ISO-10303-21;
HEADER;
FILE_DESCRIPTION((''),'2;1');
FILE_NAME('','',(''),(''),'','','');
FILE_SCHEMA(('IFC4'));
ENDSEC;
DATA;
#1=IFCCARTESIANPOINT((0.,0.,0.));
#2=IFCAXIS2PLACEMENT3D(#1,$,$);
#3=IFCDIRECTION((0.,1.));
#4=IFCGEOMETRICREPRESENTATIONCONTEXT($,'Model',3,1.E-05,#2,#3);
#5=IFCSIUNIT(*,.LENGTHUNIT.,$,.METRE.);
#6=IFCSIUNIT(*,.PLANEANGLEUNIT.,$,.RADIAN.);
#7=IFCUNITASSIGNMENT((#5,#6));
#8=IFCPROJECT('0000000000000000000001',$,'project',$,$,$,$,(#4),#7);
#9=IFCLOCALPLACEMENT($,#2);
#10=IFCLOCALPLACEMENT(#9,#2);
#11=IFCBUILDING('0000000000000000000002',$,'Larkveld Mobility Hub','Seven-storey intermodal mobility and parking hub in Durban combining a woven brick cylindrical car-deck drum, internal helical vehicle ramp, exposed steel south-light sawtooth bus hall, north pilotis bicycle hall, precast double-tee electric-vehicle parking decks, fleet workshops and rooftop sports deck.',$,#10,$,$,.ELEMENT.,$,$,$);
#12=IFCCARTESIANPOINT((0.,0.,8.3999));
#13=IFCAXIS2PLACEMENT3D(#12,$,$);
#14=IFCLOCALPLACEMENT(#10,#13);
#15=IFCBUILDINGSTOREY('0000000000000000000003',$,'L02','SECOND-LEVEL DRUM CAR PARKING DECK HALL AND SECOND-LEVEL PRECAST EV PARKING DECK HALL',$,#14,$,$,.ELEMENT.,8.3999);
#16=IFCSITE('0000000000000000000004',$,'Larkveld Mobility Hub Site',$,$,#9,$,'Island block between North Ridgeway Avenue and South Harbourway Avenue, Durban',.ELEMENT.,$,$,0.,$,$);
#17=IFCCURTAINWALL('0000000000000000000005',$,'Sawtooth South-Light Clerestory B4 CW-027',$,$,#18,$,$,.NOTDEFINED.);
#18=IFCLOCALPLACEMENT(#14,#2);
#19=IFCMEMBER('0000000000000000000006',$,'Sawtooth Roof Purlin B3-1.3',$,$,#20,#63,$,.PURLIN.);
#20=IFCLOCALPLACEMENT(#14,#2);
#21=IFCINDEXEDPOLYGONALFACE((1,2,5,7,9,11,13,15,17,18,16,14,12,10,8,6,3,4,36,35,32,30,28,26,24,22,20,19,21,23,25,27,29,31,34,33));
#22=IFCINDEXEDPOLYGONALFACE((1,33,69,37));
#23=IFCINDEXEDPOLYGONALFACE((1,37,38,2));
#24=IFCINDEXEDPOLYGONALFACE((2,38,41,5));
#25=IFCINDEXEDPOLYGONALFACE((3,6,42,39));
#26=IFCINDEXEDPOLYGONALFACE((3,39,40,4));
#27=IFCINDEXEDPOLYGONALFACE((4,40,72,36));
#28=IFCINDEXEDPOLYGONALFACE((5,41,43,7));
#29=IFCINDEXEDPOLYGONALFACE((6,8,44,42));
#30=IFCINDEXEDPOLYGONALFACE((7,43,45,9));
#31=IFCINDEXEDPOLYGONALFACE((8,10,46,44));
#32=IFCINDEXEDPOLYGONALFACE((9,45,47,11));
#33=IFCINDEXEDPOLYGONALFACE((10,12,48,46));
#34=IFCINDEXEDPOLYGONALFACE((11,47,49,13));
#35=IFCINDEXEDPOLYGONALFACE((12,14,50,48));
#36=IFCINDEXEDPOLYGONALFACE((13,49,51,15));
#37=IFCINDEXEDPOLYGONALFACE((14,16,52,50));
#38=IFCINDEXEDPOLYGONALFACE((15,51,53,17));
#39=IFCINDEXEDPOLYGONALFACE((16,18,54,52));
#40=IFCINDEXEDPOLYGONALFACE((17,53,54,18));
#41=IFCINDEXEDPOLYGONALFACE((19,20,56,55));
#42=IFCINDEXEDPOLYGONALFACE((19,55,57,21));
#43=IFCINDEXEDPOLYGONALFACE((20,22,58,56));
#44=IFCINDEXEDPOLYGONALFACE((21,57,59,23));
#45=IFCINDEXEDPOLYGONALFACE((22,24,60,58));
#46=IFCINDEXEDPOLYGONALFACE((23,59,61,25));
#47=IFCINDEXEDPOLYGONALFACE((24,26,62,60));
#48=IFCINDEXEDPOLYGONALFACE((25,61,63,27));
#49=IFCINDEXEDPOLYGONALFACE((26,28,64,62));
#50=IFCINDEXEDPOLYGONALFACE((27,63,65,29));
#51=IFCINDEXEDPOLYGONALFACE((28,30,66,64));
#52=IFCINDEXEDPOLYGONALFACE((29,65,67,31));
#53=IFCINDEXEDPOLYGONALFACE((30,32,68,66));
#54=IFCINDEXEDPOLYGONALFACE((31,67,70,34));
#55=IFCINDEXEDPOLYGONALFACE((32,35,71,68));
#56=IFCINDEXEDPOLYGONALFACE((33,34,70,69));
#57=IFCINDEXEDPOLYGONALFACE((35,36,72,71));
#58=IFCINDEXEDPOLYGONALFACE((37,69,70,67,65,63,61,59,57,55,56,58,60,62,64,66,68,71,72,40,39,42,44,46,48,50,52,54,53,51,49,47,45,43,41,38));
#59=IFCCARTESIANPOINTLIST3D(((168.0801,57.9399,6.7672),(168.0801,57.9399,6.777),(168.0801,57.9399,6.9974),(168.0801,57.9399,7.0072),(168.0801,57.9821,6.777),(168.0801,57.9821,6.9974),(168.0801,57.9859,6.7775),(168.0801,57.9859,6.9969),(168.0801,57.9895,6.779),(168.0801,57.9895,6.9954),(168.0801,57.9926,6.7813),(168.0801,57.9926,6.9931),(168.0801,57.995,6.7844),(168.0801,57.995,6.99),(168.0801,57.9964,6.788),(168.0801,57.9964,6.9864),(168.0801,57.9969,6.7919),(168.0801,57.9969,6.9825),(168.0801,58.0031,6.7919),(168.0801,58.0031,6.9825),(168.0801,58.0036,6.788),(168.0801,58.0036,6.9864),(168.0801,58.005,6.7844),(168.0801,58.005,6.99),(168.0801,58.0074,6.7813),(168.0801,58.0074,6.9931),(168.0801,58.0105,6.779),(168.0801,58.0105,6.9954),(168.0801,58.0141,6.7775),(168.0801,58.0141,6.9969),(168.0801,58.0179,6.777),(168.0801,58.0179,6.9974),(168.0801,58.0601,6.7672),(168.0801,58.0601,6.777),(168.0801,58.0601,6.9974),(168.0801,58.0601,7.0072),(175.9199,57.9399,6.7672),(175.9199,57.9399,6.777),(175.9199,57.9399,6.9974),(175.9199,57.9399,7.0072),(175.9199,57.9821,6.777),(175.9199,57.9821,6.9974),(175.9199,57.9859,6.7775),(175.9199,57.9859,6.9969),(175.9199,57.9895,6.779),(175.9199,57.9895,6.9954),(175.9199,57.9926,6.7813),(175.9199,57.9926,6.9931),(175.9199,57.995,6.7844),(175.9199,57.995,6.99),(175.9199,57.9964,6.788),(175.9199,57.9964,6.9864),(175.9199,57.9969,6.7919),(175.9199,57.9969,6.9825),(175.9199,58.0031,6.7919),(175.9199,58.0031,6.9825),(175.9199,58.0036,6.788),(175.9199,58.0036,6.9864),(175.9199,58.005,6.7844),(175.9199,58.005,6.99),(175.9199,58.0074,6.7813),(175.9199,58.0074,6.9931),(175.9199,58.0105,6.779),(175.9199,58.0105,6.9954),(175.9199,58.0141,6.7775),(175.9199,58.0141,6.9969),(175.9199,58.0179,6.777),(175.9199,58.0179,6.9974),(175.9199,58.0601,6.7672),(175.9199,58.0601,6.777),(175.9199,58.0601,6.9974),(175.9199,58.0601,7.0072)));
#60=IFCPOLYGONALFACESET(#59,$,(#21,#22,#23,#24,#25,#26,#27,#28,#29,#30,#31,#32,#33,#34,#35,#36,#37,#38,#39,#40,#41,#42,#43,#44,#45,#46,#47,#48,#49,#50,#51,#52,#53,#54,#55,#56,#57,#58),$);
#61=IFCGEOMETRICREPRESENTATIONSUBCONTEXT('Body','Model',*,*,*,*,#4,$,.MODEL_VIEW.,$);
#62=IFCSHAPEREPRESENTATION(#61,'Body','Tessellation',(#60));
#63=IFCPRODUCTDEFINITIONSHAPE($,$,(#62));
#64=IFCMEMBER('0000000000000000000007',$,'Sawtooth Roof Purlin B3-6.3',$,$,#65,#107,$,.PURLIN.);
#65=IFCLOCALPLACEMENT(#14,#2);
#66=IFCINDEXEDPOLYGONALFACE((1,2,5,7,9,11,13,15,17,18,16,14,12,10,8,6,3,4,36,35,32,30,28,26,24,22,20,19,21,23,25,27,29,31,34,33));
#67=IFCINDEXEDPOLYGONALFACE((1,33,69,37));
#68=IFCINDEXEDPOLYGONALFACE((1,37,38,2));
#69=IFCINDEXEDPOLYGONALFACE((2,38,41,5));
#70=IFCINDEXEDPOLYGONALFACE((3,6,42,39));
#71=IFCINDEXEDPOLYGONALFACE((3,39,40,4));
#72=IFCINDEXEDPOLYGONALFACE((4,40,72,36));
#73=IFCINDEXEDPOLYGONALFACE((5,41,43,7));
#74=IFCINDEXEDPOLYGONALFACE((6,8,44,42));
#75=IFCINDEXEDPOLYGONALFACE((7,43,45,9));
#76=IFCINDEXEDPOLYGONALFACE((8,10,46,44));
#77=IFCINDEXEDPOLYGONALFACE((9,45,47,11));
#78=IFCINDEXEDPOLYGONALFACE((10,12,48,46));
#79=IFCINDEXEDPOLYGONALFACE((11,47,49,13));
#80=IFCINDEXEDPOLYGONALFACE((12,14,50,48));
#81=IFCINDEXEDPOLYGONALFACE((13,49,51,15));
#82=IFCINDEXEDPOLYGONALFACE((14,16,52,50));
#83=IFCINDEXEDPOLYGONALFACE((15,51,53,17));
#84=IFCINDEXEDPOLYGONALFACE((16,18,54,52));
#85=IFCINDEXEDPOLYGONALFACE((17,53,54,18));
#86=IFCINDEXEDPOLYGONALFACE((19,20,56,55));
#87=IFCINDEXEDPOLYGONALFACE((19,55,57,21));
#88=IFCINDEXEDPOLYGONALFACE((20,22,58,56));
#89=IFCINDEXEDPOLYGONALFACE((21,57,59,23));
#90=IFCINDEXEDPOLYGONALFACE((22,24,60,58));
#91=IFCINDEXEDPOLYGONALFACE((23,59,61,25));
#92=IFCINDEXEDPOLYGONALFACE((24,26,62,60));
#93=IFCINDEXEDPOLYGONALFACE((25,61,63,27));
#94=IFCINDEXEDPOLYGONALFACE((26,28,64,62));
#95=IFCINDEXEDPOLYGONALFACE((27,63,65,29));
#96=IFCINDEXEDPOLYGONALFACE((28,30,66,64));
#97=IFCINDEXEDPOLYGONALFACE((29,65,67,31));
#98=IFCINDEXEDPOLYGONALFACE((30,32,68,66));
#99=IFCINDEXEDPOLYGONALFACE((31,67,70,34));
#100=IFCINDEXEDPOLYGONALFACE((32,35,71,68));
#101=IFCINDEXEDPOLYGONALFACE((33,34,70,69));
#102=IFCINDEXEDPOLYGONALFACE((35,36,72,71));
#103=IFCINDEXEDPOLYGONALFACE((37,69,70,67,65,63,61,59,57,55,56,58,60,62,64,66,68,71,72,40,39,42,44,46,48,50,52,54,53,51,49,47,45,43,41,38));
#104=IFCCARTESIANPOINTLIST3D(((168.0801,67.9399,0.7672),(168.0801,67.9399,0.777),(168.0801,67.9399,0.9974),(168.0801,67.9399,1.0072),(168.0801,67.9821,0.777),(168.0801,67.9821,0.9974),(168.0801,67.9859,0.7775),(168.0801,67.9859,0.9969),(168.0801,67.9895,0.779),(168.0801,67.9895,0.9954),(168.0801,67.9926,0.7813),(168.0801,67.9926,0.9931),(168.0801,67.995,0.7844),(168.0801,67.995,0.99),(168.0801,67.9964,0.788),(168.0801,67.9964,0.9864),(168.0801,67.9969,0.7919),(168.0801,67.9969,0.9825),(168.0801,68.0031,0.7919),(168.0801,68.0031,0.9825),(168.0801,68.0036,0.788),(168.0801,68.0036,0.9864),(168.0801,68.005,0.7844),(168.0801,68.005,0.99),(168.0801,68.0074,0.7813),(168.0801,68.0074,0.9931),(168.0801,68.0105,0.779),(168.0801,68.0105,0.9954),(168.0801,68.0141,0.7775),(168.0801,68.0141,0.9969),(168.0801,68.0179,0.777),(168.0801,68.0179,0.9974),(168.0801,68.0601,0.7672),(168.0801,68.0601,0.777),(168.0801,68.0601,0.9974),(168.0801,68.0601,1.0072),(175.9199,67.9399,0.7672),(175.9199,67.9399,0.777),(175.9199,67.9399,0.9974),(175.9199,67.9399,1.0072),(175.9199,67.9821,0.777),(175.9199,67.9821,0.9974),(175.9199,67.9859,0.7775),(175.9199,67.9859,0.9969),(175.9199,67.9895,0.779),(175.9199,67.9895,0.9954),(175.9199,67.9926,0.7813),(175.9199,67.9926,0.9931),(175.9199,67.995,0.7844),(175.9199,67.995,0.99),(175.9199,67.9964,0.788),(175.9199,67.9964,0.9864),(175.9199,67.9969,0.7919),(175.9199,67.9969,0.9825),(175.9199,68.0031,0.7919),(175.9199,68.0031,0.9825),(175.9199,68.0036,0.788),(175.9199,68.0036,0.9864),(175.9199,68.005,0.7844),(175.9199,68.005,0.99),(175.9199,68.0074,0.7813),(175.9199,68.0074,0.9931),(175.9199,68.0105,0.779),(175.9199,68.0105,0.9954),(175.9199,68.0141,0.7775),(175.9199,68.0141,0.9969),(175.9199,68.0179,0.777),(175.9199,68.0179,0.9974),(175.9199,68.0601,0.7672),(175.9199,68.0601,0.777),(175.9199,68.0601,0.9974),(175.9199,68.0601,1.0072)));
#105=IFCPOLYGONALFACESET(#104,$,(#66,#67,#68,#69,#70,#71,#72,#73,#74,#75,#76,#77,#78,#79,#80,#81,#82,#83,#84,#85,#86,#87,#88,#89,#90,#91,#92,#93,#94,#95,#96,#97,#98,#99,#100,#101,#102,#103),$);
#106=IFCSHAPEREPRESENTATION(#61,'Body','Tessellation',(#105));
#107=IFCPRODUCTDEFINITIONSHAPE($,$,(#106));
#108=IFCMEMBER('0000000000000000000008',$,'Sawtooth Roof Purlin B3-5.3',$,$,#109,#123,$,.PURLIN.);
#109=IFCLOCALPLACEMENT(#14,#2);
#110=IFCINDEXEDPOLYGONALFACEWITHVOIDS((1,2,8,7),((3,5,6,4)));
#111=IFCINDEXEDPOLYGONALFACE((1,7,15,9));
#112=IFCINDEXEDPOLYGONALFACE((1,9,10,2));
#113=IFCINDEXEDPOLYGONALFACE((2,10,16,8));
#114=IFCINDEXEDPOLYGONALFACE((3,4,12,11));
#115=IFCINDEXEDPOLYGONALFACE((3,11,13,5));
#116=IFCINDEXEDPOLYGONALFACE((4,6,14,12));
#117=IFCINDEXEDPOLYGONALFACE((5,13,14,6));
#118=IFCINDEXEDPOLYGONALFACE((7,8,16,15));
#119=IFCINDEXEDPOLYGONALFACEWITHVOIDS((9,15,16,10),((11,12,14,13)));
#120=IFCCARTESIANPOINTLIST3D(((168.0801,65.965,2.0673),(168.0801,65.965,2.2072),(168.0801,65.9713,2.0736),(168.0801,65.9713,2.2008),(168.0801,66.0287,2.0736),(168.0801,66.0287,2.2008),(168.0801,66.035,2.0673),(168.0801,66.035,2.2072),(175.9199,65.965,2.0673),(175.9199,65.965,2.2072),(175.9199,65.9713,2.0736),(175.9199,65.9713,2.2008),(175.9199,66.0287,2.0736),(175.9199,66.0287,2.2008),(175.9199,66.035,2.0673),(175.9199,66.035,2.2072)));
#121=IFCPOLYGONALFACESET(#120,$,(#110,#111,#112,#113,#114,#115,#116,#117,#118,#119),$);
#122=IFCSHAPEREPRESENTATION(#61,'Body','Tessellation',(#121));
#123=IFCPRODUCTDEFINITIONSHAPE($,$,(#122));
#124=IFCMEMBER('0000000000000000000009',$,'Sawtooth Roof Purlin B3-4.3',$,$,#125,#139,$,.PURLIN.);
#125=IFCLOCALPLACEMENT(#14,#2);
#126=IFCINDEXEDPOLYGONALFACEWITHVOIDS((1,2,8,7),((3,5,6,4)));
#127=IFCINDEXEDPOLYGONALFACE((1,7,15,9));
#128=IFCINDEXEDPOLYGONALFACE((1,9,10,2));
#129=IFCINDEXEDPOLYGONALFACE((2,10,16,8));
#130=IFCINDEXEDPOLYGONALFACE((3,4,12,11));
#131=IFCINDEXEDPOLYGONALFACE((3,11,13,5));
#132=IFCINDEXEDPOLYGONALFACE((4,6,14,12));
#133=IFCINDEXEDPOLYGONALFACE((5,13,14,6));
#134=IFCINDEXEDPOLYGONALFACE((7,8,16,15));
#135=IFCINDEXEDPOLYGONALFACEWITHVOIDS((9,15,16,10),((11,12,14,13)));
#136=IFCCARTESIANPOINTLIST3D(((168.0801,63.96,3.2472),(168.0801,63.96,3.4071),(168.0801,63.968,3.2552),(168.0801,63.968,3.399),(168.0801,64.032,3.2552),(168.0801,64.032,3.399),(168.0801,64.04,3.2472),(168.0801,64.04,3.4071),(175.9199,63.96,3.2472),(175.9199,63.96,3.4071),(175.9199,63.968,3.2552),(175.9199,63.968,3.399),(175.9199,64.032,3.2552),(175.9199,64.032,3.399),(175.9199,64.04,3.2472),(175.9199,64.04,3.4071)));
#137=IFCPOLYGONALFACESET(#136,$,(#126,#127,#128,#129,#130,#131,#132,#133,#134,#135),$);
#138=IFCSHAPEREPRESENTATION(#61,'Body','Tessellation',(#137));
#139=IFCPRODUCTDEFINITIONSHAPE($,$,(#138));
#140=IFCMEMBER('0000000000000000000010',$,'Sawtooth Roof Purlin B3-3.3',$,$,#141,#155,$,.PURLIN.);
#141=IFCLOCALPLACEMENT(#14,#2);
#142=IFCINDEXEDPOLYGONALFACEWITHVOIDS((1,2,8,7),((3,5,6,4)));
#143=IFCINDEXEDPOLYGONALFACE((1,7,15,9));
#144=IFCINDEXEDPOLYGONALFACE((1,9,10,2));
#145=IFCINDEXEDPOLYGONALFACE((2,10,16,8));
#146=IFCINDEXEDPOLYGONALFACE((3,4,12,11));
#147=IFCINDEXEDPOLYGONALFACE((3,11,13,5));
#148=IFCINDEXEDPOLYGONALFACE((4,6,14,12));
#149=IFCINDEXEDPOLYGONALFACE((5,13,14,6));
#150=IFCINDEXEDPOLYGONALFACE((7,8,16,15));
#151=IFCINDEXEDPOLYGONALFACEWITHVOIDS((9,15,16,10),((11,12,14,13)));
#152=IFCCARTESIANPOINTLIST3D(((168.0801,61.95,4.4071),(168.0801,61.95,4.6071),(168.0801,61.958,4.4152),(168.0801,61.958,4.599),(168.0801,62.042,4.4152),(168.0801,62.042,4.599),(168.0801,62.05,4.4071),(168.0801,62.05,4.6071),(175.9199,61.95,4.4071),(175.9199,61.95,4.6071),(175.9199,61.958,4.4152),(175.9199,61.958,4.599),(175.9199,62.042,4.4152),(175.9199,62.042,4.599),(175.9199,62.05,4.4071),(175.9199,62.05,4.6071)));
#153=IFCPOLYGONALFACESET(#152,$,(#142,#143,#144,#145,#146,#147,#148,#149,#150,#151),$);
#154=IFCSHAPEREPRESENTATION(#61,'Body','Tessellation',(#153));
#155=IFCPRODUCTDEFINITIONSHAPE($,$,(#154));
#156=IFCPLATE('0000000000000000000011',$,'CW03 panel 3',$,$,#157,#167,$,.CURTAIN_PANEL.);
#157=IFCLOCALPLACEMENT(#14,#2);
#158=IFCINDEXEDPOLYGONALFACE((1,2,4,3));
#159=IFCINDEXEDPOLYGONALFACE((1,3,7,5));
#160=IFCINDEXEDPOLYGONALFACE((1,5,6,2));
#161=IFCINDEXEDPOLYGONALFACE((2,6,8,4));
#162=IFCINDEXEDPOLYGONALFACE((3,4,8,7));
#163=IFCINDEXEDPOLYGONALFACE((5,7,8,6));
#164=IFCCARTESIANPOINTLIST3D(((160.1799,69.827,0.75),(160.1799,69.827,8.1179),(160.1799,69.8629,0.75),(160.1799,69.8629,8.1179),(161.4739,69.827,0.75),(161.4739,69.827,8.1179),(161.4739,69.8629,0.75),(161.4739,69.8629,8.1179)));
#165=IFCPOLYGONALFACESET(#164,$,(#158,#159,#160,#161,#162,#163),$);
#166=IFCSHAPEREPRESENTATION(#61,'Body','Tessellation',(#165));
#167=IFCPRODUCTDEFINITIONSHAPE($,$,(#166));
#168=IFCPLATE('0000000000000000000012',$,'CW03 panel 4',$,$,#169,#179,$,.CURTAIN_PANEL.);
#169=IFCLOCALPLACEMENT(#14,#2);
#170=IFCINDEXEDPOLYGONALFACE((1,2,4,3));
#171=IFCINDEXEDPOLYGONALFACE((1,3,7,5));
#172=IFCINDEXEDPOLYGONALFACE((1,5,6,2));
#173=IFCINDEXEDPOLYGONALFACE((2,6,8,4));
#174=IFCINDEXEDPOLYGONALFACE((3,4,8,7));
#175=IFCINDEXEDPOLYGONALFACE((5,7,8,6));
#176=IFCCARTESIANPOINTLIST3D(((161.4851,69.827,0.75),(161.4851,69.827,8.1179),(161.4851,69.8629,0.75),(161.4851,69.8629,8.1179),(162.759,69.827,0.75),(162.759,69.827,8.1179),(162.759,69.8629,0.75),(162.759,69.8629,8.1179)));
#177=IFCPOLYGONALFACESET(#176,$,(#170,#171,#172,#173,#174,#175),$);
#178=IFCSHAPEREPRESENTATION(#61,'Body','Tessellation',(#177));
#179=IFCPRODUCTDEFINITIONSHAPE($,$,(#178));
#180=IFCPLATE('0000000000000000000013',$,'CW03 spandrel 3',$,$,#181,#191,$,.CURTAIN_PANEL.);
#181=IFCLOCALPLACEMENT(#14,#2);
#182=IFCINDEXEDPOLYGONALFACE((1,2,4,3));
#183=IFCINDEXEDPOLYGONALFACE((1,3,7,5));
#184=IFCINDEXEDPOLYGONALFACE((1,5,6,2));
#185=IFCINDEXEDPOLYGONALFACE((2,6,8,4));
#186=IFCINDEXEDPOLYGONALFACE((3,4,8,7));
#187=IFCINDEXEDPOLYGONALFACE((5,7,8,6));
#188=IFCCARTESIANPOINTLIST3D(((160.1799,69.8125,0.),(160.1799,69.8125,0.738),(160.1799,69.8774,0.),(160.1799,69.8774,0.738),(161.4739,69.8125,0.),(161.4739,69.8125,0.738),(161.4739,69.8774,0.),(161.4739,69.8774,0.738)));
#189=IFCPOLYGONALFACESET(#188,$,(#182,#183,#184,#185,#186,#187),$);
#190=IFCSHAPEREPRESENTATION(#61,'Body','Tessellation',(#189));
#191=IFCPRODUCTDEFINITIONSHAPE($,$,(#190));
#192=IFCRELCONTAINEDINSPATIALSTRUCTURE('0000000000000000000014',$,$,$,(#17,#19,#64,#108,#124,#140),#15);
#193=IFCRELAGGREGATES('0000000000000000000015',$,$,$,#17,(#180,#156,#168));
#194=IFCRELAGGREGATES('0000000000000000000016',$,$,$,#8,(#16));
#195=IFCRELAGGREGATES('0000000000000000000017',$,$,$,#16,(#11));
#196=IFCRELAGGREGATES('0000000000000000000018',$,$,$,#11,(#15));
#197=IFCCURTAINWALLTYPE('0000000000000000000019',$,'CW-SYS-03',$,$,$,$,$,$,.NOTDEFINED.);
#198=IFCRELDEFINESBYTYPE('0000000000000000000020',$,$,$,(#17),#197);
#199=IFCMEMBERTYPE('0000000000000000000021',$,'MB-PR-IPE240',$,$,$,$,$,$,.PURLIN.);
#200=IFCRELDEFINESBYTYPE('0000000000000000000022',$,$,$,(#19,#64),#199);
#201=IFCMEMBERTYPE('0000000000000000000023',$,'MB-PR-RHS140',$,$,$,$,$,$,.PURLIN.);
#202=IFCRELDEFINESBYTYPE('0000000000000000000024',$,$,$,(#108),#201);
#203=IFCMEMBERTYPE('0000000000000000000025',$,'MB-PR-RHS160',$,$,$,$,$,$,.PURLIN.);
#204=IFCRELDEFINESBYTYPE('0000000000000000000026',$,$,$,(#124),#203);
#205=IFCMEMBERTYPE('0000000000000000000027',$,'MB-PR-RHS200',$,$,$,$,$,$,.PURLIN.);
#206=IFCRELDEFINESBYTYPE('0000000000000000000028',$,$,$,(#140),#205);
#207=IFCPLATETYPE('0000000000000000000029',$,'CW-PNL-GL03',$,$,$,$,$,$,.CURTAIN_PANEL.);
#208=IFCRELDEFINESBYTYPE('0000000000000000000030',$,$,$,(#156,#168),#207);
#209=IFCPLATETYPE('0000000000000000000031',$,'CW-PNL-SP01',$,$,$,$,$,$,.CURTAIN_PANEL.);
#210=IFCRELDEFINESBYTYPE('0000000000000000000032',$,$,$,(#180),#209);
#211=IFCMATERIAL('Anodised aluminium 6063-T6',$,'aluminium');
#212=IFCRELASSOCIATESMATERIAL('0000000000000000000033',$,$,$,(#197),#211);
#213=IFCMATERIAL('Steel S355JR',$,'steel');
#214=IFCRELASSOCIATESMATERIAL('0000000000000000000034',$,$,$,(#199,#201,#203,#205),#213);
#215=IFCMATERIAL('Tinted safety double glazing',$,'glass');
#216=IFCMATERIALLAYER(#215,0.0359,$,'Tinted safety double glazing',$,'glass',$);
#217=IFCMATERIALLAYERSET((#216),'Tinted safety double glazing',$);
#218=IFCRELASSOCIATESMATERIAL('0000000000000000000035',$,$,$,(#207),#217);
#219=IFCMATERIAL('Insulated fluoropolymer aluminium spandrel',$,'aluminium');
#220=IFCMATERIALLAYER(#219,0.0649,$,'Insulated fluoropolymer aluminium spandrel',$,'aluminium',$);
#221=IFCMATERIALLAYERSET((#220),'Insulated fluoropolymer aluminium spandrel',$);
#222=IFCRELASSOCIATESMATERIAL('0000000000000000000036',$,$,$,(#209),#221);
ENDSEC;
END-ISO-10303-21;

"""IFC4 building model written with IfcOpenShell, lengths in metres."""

from ifc_helpers import new_model, si_unit, direction, frame, origin, origin_2d, place, context, subcontext, project, spatial, rectangle, hollow_rectangle, i_section, extrude, material, layer, layer_set, material_profile, profile_set, type_object, element, aggregate, save


model = new_model("IFC4")

# Units and contexts
model_context = context("Model", 3, precision=1e-05, world=origin(), true_north=direction((0.0, 1.0)))
body_context = subcontext(model_context, "Body", "Model", "MODEL_VIEW")
ifc_project = project(units=[si_unit("LENGTHUNIT", "METRE"), si_unit("PLANEANGLEUNIT", "RADIAN")], contexts=[model_context])

# Site, building, storey
site_placement = place(None, origin())
site = spatial("IfcSite", under=ifc_project, at=site_placement, Name="Larkveld Mobility Hub Site", LongName="Island block between North Ridgeway Avenue and South Harbourway Avenue, Durban", CompositionType="ELEMENT", RefElevation=0.0)
building_placement = place(site_placement, origin())
building = spatial("IfcBuilding", under=site, at=building_placement, Name="Larkveld Mobility Hub", Description="Seven-storey intermodal mobility and parking hub in Durban combining a woven brick cylindrical car-deck drum, internal helical vehicle ramp, exposed steel south-light sawtooth bus hall, north pilotis bicycle hall, precast double-tee electric-vehicle parking decks, fleet workshops and rooftop sports deck.", CompositionType="ELEMENT")
storey_placement = place(building_placement, frame((0.0, 0.0, 8.3999)))
storey = spatial("IfcBuildingStorey", under=building, at=storey_placement, Name="L02", Description="SECOND-LEVEL DRUM CAR PARKING DECK HALL AND SECOND-LEVEL PRECAST EV PARKING DECK HALL", CompositionType="ELEMENT", Elevation=8.3999)

# Curtain wall
ifc_material_1 = material(Name="Anodised aluminium 6063-T6", Category="aluminium")
curtain_wall_type = type_object("IfcCurtainWallType", Name="CW-SYS-03", PredefinedType="NOTDEFINED", material=ifc_material_1)
curtain_wall_placement = place(storey_placement, origin())
curtain_wall = element("IfcCurtainWall", 1, at=curtain_wall_placement, inside=storey, type_object=curtain_wall_type, Name="Sawtooth South-Light Clerestory B4 CW-027", PredefinedType="NOTDEFINED")

# Members
ifc_material_2 = material(Name="Steel S355JR", Category="steel")
ifc_material_profile_1 = material_profile(ifc_material_2, i_section(OverallWidth=0.1201, OverallDepth=0.24, WebThickness=0.0061, FlangeThickness=0.0098, FilletRadius=0.0149, at=origin_2d()), Name="IPE 240")
ifc_profile_set_1 = profile_set([ifc_material_profile_1], Name="Steel S355JR")
member_type_1 = type_object("IfcMemberType", Name="MB-PR-IPE240", PredefinedType="PURLIN", material=ifc_profile_set_1)
for number, where, z_axis, x_axis, name in (
    (2, (168.0801, 58.0, 6.8872), (1.0, 0.0, 0.0), (0.0, 1.0, 0.0), "Sawtooth Roof Purlin B3-1.3"),
    (3, (168.0801, 68.0, 0.8872), (1.0, 0.0, 0.0), (0.0, 1.0, 0.0), "Sawtooth Roof Purlin B3-6.3"),
):
    element("IfcMember", number, at=place(storey_placement, frame(where, z_axis=z_axis, x_axis=x_axis)), inside=storey, type_object=member_type_1, Name=name, PredefinedType="PURLIN", context=body_context, shape_type="SweptSolid", body=[
        extrude(i_section(OverallWidth=0.1201, OverallDepth=0.24, WebThickness=0.0061, FlangeThickness=0.0098, FilletRadius=0.0149, at=origin_2d()), origin(), (0.0, 0.0, 1.0), 7.8398),
    ])
ifc_material_profile_2 = material_profile(ifc_material_2, hollow_rectangle(XDim=0.0701, YDim=0.1399, WallThickness=0.0063, at=origin_2d()), Name="RHS 140x70x6.3")
ifc_profile_set_2 = profile_set([ifc_material_profile_2], Name="Steel S355JR")
member_type_2 = type_object("IfcMemberType", Name="MB-PR-RHS140", PredefinedType="PURLIN", material=ifc_profile_set_2)
member_1_placement = place(storey_placement, frame((168.0801, 66.0, 2.1372), z_axis=(1.0, 0.0, 0.0), x_axis=(0.0, 1.0, 0.0)))
element("IfcMember", 4, at=member_1_placement, inside=storey, type_object=member_type_2, Name="Sawtooth Roof Purlin B3-5.3", PredefinedType="PURLIN", context=body_context, shape_type="SweptSolid", body=[
    extrude(hollow_rectangle(XDim=0.0701, YDim=0.1399, WallThickness=0.0063, at=origin_2d()), origin(), (0.0, 0.0, 1.0), 7.8398),
])
ifc_material_profile_3 = material_profile(ifc_material_2, hollow_rectangle(XDim=0.0801, YDim=0.1599, WallThickness=0.0081, at=origin_2d()), Name="RHS 160x80x8")
ifc_profile_set_3 = profile_set([ifc_material_profile_3], Name="Steel S355JR")
member_type_3 = type_object("IfcMemberType", Name="MB-PR-RHS160", PredefinedType="PURLIN", material=ifc_profile_set_3)
member_2_placement = place(storey_placement, frame((168.0801, 64.0, 3.3271), z_axis=(1.0, 0.0, 0.0), x_axis=(0.0, 1.0, 0.0)))
element("IfcMember", 5, at=member_2_placement, inside=storey, type_object=member_type_3, Name="Sawtooth Roof Purlin B3-4.3", PredefinedType="PURLIN", context=body_context, shape_type="SweptSolid", body=[
    extrude(hollow_rectangle(XDim=0.0801, YDim=0.1599, WallThickness=0.0081, at=origin_2d()), origin(), (0.0, 0.0, 1.0), 7.8398),
])
ifc_material_profile_4 = material_profile(ifc_material_2, hollow_rectangle(XDim=0.1001, YDim=0.2, WallThickness=0.0081, at=origin_2d()), Name="RHS 200x100x8")
ifc_profile_set_4 = profile_set([ifc_material_profile_4], Name="Steel S355JR")
member_type_4 = type_object("IfcMemberType", Name="MB-PR-RHS200", PredefinedType="PURLIN", material=ifc_profile_set_4)
member_3_placement = place(storey_placement, frame((168.0801, 62.0, 4.5071), z_axis=(1.0, 0.0, 0.0), x_axis=(0.0, 1.0, 0.0)))
element("IfcMember", 6, at=member_3_placement, inside=storey, type_object=member_type_4, Name="Sawtooth Roof Purlin B3-3.3", PredefinedType="PURLIN", context=body_context, shape_type="SweptSolid", body=[
    extrude(hollow_rectangle(XDim=0.1001, YDim=0.2, WallThickness=0.0081, at=origin_2d()), origin(), (0.0, 0.0, 1.0), 7.8398),
])

# Plates
ifc_material_3 = material(Name="Tinted safety double glazing", Category="glass")
ifc_layer_1 = layer(ifc_material_3, 0.0359, Name="Tinted safety double glazing", Category="glass")
ifc_layer_set_1 = layer_set([ifc_layer_1], Name="Tinted safety double glazing")
plate_type_1 = type_object("IfcPlateType", Name="CW-PNL-GL03", PredefinedType="CURTAIN_PANEL", material=ifc_layer_set_1)
plate_1_placement = place(storey_placement, frame((160.8269, 69.845, 0.75), z_axis=(0.0, 0.0, 1.0), x_axis=(1.0, 0.0, 0.0)))
plate_1 = element("IfcPlate", 7, at=plate_1_placement, type_object=plate_type_1, Name="CW03 panel 3", PredefinedType="CURTAIN_PANEL", context=body_context, shape_type="SweptSolid", body=[
    extrude(rectangle(XDim=1.2939, YDim=0.0359, at=origin_2d()), origin(), (0.0, 0.0, 1.0), 7.3679),
])
plate_2_placement = place(storey_placement, frame((162.1221, 69.845, 0.75), z_axis=(0.0, 0.0, 1.0), x_axis=(1.0, 0.0, 0.0)))
plate_2 = element("IfcPlate", 8, at=plate_2_placement, type_object=plate_type_1, Name="CW03 panel 4", PredefinedType="CURTAIN_PANEL", context=body_context, shape_type="SweptSolid", body=[
    extrude(rectangle(XDim=1.2739, YDim=0.0359, at=origin_2d()), origin(), (0.0, 0.0, 1.0), 7.3679),
])
ifc_material_4 = material(Name="Insulated fluoropolymer aluminium spandrel", Category="aluminium")
ifc_layer_2 = layer(ifc_material_4, 0.0649, Name="Insulated fluoropolymer aluminium spandrel", Category="aluminium")
ifc_layer_set_2 = layer_set([ifc_layer_2], Name="Insulated fluoropolymer aluminium spandrel")
plate_type_2 = type_object("IfcPlateType", Name="CW-PNL-SP01", PredefinedType="CURTAIN_PANEL", material=ifc_layer_set_2)
plate_3_placement = place(storey_placement, frame((160.8269, 69.845, 0.0), z_axis=(0.0, 0.0, 1.0), x_axis=(1.0, 0.0, 0.0)))
plate_3 = element("IfcPlate", 9, at=plate_3_placement, type_object=plate_type_2, Name="CW03 spandrel 3", PredefinedType="CURTAIN_PANEL", context=body_context, shape_type="SweptSolid", body=[
    extrude(rectangle(XDim=1.2939, YDim=0.0649, at=origin_2d()), origin(), (0.0, 0.0, 1.0), 0.738),
])
aggregate(curtain_wall, [plate_3, plate_1, plate_2])

save(model, "model.ifc")
